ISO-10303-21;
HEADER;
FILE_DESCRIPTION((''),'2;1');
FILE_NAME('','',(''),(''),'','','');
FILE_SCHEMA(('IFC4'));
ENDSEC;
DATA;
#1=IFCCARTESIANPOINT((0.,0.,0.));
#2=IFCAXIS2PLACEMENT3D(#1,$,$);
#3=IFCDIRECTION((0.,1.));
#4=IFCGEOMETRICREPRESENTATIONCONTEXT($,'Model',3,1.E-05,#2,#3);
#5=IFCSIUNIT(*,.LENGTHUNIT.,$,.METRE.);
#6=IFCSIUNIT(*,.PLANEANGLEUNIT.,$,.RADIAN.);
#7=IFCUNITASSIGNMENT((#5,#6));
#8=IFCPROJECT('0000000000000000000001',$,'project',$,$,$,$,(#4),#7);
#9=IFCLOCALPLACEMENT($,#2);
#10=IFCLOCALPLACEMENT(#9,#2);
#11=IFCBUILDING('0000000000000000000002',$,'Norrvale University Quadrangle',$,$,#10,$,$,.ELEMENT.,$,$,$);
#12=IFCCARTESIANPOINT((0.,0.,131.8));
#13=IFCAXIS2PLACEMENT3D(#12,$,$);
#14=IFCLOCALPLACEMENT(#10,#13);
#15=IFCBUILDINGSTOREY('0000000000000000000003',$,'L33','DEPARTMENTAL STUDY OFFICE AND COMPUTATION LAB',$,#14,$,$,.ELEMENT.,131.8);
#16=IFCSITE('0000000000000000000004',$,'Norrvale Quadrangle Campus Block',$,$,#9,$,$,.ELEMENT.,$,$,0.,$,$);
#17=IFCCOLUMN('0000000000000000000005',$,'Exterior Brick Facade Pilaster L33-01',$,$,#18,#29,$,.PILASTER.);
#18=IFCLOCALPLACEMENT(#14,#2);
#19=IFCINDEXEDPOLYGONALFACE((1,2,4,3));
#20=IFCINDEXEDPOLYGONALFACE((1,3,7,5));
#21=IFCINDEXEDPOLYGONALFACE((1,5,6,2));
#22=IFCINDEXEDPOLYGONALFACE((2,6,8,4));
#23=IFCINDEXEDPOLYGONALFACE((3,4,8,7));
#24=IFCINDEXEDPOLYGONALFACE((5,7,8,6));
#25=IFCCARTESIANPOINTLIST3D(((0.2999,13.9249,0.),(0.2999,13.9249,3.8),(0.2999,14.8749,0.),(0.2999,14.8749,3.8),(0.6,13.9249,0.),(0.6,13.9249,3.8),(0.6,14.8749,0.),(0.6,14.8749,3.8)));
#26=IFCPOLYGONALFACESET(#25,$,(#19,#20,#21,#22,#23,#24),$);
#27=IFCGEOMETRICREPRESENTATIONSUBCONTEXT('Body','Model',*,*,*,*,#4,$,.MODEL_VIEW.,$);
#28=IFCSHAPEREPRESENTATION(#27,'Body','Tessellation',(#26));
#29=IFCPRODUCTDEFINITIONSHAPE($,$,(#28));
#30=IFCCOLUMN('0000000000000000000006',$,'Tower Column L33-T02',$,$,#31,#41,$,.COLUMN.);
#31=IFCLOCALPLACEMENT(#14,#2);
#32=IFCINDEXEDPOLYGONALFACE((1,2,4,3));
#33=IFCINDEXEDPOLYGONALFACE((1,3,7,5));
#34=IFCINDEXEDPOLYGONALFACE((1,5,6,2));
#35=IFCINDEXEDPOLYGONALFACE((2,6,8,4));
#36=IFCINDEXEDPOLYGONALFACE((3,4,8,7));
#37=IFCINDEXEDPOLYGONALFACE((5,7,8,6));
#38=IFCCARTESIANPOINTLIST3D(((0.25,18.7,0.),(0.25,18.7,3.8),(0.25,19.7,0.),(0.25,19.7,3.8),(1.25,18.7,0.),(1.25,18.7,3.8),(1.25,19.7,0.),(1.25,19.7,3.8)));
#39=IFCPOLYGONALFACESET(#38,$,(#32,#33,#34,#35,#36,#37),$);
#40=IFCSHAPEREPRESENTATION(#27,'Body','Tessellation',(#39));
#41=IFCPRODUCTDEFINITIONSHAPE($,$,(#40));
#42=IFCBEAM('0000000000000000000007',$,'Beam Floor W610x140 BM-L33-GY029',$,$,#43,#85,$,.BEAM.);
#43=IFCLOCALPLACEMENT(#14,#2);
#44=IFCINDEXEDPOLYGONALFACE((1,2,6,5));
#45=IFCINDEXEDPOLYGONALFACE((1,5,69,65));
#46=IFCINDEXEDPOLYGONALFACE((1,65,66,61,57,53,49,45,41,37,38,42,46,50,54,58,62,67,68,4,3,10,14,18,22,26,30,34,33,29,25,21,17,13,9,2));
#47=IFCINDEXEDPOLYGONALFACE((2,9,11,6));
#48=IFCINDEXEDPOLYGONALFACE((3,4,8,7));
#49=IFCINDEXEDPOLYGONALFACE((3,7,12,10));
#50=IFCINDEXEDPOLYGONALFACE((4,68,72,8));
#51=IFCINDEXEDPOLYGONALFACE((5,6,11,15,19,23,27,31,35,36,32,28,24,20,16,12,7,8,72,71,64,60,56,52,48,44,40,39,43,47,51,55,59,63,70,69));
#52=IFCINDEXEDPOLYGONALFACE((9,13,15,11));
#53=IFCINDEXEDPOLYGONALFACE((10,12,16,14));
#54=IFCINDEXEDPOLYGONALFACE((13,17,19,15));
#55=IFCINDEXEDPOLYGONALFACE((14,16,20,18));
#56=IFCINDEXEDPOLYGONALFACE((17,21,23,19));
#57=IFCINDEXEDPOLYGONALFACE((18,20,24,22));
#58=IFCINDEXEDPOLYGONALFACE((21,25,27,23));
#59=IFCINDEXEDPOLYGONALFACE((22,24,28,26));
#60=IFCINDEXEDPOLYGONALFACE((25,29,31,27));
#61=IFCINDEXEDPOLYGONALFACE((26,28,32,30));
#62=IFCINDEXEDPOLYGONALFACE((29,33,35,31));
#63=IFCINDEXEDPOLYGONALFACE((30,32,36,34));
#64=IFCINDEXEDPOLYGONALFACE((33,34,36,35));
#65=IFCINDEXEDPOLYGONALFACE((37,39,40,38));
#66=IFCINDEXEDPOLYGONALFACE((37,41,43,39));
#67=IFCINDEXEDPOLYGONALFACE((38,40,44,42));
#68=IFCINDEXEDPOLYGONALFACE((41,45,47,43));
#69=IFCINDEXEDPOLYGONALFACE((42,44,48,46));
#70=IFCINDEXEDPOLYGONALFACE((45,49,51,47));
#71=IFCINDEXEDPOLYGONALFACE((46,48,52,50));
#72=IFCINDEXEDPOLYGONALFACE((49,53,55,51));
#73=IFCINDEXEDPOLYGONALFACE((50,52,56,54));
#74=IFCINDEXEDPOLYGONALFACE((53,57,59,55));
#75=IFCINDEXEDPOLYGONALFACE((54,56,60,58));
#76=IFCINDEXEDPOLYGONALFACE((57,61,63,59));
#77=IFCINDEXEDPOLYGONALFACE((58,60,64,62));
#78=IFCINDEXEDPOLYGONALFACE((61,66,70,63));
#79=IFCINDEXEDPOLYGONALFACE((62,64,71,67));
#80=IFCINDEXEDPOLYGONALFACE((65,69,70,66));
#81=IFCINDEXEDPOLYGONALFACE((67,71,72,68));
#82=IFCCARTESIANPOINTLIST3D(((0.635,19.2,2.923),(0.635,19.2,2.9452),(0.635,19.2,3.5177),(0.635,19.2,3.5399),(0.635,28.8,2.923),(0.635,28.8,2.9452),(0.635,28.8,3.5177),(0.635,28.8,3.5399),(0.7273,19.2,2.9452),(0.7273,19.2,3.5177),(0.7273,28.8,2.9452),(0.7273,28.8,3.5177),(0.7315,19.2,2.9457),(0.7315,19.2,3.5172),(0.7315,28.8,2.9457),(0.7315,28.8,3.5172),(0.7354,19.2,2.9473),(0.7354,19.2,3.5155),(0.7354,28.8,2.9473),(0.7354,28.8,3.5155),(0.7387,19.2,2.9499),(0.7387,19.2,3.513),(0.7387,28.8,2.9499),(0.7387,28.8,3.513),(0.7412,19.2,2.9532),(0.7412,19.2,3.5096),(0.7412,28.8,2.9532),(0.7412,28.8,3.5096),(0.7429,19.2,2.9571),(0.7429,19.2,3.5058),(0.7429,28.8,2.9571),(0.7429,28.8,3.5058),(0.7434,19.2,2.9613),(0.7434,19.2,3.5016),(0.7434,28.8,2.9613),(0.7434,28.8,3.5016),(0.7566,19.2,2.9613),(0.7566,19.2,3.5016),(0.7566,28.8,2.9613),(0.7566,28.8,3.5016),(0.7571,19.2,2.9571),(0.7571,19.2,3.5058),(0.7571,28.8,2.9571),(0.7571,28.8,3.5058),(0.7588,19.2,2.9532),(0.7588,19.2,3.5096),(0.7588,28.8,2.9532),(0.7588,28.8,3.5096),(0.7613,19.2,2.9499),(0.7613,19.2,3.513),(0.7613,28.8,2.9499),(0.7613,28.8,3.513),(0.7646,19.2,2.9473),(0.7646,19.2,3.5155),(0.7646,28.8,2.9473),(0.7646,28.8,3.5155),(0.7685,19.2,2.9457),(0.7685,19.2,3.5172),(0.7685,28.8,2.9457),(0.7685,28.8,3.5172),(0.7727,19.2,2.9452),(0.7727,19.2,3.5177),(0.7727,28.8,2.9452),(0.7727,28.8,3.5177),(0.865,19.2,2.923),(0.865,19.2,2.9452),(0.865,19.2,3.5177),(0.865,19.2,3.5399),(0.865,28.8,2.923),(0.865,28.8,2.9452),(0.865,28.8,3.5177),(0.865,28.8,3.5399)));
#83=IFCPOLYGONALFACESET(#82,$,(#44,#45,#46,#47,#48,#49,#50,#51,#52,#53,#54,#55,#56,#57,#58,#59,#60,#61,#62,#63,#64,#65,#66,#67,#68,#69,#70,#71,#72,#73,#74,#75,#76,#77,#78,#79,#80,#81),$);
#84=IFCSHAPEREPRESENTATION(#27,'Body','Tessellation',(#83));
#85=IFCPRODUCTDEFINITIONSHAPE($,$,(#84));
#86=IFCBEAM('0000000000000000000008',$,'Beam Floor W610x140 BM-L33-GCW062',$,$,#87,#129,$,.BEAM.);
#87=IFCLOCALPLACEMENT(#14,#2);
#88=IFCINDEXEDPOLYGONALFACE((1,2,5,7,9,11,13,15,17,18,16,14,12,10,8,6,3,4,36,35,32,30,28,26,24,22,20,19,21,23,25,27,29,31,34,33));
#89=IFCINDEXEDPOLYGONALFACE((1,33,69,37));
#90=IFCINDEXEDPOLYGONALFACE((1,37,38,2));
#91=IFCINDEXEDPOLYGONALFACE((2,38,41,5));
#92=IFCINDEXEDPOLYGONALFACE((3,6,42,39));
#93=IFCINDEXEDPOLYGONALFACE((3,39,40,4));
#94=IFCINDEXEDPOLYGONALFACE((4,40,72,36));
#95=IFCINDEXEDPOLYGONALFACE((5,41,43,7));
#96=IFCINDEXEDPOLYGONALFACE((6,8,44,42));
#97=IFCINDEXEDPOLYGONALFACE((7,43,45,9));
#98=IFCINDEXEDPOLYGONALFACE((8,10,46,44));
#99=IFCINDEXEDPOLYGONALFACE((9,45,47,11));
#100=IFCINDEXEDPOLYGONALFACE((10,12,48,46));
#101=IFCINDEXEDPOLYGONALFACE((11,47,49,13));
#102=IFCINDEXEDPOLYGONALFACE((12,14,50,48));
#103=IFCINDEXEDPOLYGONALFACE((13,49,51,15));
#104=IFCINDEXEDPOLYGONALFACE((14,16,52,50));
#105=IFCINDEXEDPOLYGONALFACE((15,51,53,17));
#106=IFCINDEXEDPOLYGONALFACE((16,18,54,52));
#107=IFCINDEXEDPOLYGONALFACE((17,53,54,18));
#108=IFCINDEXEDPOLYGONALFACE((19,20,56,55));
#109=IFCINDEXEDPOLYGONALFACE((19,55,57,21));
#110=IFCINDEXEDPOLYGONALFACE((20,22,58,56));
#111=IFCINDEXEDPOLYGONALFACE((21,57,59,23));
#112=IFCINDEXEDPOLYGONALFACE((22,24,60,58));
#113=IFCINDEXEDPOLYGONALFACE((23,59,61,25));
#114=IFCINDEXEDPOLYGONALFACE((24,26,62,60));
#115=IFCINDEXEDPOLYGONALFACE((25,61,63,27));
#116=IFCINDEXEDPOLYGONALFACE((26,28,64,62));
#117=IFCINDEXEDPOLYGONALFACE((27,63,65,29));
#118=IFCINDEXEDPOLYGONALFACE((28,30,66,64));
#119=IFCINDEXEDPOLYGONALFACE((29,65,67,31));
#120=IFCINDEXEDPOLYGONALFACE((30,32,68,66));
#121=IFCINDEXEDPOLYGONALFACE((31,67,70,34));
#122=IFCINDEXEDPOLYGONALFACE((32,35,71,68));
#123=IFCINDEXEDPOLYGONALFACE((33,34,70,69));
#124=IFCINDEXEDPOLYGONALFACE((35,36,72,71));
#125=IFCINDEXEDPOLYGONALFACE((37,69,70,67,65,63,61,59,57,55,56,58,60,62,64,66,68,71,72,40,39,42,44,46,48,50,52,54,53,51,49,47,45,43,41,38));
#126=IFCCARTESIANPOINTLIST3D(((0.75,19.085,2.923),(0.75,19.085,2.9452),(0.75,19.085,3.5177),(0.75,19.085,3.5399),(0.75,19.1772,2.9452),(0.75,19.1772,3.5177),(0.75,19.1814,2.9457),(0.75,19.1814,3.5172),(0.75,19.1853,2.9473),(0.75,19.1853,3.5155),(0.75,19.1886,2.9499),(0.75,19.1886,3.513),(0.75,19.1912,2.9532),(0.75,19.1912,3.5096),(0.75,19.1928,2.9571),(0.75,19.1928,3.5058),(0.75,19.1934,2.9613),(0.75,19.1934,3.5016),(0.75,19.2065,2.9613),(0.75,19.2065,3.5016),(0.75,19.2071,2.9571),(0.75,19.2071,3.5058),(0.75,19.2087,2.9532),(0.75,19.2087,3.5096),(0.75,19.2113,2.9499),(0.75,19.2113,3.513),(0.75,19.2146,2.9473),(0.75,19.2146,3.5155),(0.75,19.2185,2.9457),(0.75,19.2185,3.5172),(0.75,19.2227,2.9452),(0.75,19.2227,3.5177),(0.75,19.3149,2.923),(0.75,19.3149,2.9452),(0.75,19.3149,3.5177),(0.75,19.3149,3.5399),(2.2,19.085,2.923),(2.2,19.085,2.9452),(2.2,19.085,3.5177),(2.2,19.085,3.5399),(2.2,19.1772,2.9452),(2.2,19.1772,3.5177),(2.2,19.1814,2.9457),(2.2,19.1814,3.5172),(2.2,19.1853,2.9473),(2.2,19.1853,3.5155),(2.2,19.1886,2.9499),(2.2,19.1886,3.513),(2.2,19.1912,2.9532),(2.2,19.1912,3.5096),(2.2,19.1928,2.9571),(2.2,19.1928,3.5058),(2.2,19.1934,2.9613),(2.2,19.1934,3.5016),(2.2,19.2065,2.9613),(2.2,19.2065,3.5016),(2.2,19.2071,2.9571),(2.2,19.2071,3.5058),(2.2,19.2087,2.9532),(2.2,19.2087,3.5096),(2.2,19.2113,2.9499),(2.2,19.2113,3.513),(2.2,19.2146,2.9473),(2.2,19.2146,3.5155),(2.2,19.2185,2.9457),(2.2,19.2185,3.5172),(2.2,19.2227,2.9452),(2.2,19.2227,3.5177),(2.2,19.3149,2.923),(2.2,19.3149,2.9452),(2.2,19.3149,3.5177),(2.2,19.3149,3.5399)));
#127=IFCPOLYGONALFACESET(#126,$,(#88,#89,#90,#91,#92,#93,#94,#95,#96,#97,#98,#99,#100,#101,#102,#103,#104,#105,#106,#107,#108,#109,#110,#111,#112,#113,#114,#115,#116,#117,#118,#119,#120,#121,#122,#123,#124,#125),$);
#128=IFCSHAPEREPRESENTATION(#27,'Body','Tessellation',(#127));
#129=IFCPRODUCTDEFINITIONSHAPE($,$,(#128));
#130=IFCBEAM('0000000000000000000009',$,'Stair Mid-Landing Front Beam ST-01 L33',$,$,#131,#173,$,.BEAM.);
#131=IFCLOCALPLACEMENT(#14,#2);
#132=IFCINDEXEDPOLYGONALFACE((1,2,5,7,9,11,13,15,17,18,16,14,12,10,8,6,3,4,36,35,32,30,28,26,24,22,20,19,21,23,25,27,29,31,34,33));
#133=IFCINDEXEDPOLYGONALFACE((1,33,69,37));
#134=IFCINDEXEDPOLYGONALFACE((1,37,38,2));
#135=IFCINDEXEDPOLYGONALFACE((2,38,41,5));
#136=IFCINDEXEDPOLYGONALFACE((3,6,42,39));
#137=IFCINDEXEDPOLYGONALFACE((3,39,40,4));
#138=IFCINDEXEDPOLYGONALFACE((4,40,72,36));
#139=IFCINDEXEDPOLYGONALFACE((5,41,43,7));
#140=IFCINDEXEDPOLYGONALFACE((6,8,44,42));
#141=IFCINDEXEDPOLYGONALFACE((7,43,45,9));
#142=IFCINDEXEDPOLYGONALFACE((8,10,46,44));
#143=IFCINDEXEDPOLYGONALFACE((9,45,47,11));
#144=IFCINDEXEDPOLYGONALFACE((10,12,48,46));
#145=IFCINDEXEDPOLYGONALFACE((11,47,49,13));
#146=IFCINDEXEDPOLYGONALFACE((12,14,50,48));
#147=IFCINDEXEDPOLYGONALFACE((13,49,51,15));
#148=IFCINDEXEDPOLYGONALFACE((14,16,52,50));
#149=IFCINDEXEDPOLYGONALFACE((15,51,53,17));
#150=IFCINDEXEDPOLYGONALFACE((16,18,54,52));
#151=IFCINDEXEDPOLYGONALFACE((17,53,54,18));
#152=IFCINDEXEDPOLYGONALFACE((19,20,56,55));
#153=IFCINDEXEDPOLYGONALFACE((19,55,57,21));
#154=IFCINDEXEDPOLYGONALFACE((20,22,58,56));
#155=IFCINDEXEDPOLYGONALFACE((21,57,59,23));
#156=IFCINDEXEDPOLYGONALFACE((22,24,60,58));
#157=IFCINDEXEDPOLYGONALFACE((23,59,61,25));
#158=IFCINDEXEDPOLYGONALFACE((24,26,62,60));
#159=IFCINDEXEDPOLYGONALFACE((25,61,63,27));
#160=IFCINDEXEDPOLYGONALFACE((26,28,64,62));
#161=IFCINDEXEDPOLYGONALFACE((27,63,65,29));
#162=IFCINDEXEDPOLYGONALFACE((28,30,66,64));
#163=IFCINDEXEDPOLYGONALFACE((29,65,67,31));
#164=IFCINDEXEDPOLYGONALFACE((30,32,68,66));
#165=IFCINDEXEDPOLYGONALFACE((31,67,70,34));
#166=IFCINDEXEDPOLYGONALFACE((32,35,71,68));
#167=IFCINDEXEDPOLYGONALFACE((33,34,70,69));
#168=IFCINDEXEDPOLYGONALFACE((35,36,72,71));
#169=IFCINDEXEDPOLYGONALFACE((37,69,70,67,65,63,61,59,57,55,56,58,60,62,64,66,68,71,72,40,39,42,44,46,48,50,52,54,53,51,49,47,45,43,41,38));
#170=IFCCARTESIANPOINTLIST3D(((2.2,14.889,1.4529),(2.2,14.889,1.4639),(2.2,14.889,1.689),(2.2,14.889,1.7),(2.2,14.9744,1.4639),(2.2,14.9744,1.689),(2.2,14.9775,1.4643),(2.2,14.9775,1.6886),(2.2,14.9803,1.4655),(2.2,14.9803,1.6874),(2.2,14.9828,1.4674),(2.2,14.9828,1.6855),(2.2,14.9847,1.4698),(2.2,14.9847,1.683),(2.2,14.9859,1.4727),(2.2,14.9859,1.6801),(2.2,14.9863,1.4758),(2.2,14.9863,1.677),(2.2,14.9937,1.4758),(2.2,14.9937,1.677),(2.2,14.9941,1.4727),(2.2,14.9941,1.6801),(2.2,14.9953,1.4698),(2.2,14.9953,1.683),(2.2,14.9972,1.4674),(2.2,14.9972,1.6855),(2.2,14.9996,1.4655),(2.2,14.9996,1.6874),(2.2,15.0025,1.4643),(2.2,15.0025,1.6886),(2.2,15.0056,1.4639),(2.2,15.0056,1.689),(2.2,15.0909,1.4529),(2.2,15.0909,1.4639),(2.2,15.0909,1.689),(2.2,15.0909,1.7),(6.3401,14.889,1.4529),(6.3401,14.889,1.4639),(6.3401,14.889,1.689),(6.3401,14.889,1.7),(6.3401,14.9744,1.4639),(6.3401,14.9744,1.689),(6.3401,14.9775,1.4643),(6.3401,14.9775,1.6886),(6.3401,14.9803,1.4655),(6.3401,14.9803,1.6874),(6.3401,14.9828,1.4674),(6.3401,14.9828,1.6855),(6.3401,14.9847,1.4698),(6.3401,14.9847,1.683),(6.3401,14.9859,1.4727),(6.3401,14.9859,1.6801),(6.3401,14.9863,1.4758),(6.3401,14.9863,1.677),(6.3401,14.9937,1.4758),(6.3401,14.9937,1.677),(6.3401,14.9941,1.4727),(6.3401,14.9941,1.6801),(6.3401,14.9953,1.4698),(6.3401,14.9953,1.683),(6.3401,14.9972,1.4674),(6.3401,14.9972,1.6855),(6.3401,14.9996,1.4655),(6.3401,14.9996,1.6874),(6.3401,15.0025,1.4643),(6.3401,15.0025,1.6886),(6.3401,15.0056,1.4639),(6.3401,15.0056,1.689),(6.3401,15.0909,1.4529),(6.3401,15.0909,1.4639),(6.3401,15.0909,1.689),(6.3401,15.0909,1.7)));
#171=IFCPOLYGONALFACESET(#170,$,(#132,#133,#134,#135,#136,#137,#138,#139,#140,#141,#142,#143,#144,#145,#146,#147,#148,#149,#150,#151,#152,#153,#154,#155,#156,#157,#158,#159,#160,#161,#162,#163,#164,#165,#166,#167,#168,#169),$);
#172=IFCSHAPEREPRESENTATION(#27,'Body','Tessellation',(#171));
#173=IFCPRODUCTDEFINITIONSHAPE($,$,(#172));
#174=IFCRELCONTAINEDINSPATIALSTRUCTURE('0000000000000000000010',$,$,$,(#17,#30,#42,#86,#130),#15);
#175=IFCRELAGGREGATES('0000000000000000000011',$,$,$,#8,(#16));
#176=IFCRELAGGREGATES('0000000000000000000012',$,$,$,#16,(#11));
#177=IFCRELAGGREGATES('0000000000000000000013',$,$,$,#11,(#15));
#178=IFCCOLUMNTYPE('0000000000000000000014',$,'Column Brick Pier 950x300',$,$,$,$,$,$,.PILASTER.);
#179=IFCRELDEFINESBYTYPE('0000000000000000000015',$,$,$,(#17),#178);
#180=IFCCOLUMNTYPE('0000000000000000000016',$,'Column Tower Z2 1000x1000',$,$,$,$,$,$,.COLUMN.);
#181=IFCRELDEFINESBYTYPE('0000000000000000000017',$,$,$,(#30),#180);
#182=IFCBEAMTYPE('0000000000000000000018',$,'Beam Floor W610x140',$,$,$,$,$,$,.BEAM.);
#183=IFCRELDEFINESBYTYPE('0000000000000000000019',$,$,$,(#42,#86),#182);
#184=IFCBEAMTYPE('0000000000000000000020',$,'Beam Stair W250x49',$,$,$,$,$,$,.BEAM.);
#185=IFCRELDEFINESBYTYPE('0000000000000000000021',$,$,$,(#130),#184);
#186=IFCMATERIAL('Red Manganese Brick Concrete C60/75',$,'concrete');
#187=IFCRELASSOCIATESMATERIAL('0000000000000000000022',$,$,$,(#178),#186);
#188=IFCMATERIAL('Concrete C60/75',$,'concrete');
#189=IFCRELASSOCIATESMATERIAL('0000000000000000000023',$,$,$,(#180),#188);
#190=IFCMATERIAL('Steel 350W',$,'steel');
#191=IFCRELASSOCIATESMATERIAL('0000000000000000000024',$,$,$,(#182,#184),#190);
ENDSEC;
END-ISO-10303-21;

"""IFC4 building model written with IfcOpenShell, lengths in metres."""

from ifc_helpers import new_model, si_unit, direction, frame, origin, origin_2d, place, context, subcontext, project, spatial, rectangle, i_section, extrude, material, material_profile, profile_set, type_object, element, save


model = new_model("IFC4")

# Units and contexts
model_context = context("Model", 3, precision=1e-05, world=origin(), true_north=direction((0.0, 1.0)))
body_context = subcontext(model_context, "Body", "Model", "MODEL_VIEW")
ifc_project = project(units=[si_unit("LENGTHUNIT", "METRE"), si_unit("PLANEANGLEUNIT", "RADIAN")], contexts=[model_context])

# Site, building, storey
site_placement = place(None, origin())
site = spatial("IfcSite", under=ifc_project, at=site_placement, Name="Norrvale Quadrangle Campus Block", CompositionType="ELEMENT", RefElevation=0.0)
building_placement = place(site_placement, origin())
building = spatial("IfcBuilding", under=site, at=building_placement, Name="Norrvale University Quadrangle", CompositionType="ELEMENT")
storey_placement = place(building_placement, frame((0.0, 0.0, 131.8)))
storey = spatial("IfcBuildingStorey", under=building, at=storey_placement, Name="L33", Description="DEPARTMENTAL STUDY OFFICE AND COMPUTATION LAB", CompositionType="ELEMENT", Elevation=131.8)

# Columns
ifc_material_1 = material(Name="Red Manganese Brick Concrete C60/75", Category="concrete")
ifc_material_profile_1 = material_profile(ifc_material_1, rectangle(XDim=0.95, YDim=0.3, at=origin_2d()), Name="Red Manganese Brick Concrete C60/75")
ifc_profile_set_1 = profile_set([ifc_material_profile_1], Name="Red Manganese Brick Concrete C60/75")
column_type_1 = type_object("IfcColumnType", Name="Column Brick Pier 950x300", PredefinedType="PILASTER", material=ifc_profile_set_1)
column_1_placement = place(storey_placement, frame((0.45, 14.3999, 0.0), z_axis=(0.0, 0.0, 1.0), x_axis=(0.0, 1.0, 0.0)))
element("IfcColumn", 1, at=column_1_placement, inside=storey, type_object=column_type_1, Name="Exterior Brick Facade Pilaster L33-01", PredefinedType="PILASTER", context=body_context, shape_type="SweptSolid", body=[
    extrude(rectangle(XDim=0.95, YDim=0.3, at=origin_2d()), origin(), (0.0, 0.0, 1.0), 3.8),
])
ifc_material_2 = material(Name="Concrete C60/75", Category="concrete")
ifc_material_profile_2 = material_profile(ifc_material_2, rectangle(XDim=1.0, YDim=1.0, at=origin_2d()), Name="Concrete C60/75")
ifc_profile_set_2 = profile_set([ifc_material_profile_2], Name="Concrete C60/75")
column_type_2 = type_object("IfcColumnType", Name="Column Tower Z2 1000x1000", PredefinedType="COLUMN", material=ifc_profile_set_2)
column_2_placement = place(storey_placement, frame((0.75, 19.2, 0.0), z_axis=(0.0, 0.0, 1.0), x_axis=(1.0, 0.0, 0.0)))
element("IfcColumn", 2, at=column_2_placement, inside=storey, type_object=column_type_2, Name="Tower Column L33-T02", PredefinedType="COLUMN", context=body_context, shape_type="SweptSolid", body=[
    extrude(rectangle(XDim=1.0, YDim=1.0, at=origin_2d()), origin(), (0.0, 0.0, 1.0), 3.8),
])

# Beams
ifc_material_3 = material(Name="Steel 350W", Category="steel")
ifc_material_profile_3 = material_profile(ifc_material_3, i_section(OverallWidth=0.23, OverallDepth=0.6169, WebThickness=0.0132, FlangeThickness=0.0222, FilletRadius=0.0161, at=origin_2d()), Name="Steel 350W")
ifc_profile_set_3 = profile_set([ifc_material_profile_3], Name="Steel 350W")
beam_type_1 = type_object("IfcBeamType", Name="Beam Floor W610x140", PredefinedType="BEAM", material=ifc_profile_set_3)
beam_1_placement = place(storey_placement, frame((0.75, 19.2, 3.2314), z_axis=(0.0, 1.0, 0.0), x_axis=(-1.0, 0.0, 0.0)))
element("IfcBeam", 3, at=beam_1_placement, inside=storey, type_object=beam_type_1, Name="Beam Floor W610x140 BM-L33-GY029", PredefinedType="BEAM", context=body_context, shape_type="SweptSolid", body=[
    extrude(i_section(OverallWidth=0.23, OverallDepth=0.6169, WebThickness=0.0132, FlangeThickness=0.0222, FilletRadius=0.0161, at=origin_2d()), origin(), (0.0, 0.0, 1.0), 9.6001),
])
beam_2_placement = place(storey_placement, frame((0.75, 19.2, 3.2314), z_axis=(1.0, 0.0, 0.0), x_axis=(0.0, 1.0, 0.0)))
element("IfcBeam", 4, at=beam_2_placement, inside=storey, type_object=beam_type_1, Name="Beam Floor W610x140 BM-L33-GCW062", PredefinedType="BEAM", context=body_context, shape_type="SweptSolid", body=[
    extrude(i_section(OverallWidth=0.23, OverallDepth=0.6169, WebThickness=0.0132, FlangeThickness=0.0222, FilletRadius=0.0161, at=origin_2d()), origin(), (0.0, 0.0, 1.0), 1.45),
])
ifc_material_profile_4 = material_profile(ifc_material_3, i_section(OverallWidth=0.2019, OverallDepth=0.2471, WebThickness=0.0073, FlangeThickness=0.011, FilletRadius=0.012, at=origin_2d()), Name="Steel 350W")
ifc_profile_set_4 = profile_set([ifc_material_profile_4], Name="Steel 350W")
beam_type_2 = type_object("IfcBeamType", Name="Beam Stair W250x49", PredefinedType="BEAM", material=ifc_profile_set_4)
for number, where, z_axis, x_axis, name in (
    (5, (2.2, 14.99, 1.5764), (1.0, 0.0, 0.0), (0.0, 1.0, 0.0), "Stair Mid-Landing Front Beam ST-01 L33"),
):
    element("IfcBeam", number, at=place(storey_placement, frame(where, z_axis=z_axis, x_axis=x_axis)), inside=storey, type_object=beam_type_2, Name=name, PredefinedType="BEAM", context=body_context, shape_type="SweptSolid", body=[
        extrude(i_section(OverallWidth=0.2019, OverallDepth=0.2471, WebThickness=0.0073, FlangeThickness=0.011, FilletRadius=0.012, at=origin_2d()), origin(), (0.0, 0.0, 1.0), 4.1401),
    ])

save(model, "model.ifc")
